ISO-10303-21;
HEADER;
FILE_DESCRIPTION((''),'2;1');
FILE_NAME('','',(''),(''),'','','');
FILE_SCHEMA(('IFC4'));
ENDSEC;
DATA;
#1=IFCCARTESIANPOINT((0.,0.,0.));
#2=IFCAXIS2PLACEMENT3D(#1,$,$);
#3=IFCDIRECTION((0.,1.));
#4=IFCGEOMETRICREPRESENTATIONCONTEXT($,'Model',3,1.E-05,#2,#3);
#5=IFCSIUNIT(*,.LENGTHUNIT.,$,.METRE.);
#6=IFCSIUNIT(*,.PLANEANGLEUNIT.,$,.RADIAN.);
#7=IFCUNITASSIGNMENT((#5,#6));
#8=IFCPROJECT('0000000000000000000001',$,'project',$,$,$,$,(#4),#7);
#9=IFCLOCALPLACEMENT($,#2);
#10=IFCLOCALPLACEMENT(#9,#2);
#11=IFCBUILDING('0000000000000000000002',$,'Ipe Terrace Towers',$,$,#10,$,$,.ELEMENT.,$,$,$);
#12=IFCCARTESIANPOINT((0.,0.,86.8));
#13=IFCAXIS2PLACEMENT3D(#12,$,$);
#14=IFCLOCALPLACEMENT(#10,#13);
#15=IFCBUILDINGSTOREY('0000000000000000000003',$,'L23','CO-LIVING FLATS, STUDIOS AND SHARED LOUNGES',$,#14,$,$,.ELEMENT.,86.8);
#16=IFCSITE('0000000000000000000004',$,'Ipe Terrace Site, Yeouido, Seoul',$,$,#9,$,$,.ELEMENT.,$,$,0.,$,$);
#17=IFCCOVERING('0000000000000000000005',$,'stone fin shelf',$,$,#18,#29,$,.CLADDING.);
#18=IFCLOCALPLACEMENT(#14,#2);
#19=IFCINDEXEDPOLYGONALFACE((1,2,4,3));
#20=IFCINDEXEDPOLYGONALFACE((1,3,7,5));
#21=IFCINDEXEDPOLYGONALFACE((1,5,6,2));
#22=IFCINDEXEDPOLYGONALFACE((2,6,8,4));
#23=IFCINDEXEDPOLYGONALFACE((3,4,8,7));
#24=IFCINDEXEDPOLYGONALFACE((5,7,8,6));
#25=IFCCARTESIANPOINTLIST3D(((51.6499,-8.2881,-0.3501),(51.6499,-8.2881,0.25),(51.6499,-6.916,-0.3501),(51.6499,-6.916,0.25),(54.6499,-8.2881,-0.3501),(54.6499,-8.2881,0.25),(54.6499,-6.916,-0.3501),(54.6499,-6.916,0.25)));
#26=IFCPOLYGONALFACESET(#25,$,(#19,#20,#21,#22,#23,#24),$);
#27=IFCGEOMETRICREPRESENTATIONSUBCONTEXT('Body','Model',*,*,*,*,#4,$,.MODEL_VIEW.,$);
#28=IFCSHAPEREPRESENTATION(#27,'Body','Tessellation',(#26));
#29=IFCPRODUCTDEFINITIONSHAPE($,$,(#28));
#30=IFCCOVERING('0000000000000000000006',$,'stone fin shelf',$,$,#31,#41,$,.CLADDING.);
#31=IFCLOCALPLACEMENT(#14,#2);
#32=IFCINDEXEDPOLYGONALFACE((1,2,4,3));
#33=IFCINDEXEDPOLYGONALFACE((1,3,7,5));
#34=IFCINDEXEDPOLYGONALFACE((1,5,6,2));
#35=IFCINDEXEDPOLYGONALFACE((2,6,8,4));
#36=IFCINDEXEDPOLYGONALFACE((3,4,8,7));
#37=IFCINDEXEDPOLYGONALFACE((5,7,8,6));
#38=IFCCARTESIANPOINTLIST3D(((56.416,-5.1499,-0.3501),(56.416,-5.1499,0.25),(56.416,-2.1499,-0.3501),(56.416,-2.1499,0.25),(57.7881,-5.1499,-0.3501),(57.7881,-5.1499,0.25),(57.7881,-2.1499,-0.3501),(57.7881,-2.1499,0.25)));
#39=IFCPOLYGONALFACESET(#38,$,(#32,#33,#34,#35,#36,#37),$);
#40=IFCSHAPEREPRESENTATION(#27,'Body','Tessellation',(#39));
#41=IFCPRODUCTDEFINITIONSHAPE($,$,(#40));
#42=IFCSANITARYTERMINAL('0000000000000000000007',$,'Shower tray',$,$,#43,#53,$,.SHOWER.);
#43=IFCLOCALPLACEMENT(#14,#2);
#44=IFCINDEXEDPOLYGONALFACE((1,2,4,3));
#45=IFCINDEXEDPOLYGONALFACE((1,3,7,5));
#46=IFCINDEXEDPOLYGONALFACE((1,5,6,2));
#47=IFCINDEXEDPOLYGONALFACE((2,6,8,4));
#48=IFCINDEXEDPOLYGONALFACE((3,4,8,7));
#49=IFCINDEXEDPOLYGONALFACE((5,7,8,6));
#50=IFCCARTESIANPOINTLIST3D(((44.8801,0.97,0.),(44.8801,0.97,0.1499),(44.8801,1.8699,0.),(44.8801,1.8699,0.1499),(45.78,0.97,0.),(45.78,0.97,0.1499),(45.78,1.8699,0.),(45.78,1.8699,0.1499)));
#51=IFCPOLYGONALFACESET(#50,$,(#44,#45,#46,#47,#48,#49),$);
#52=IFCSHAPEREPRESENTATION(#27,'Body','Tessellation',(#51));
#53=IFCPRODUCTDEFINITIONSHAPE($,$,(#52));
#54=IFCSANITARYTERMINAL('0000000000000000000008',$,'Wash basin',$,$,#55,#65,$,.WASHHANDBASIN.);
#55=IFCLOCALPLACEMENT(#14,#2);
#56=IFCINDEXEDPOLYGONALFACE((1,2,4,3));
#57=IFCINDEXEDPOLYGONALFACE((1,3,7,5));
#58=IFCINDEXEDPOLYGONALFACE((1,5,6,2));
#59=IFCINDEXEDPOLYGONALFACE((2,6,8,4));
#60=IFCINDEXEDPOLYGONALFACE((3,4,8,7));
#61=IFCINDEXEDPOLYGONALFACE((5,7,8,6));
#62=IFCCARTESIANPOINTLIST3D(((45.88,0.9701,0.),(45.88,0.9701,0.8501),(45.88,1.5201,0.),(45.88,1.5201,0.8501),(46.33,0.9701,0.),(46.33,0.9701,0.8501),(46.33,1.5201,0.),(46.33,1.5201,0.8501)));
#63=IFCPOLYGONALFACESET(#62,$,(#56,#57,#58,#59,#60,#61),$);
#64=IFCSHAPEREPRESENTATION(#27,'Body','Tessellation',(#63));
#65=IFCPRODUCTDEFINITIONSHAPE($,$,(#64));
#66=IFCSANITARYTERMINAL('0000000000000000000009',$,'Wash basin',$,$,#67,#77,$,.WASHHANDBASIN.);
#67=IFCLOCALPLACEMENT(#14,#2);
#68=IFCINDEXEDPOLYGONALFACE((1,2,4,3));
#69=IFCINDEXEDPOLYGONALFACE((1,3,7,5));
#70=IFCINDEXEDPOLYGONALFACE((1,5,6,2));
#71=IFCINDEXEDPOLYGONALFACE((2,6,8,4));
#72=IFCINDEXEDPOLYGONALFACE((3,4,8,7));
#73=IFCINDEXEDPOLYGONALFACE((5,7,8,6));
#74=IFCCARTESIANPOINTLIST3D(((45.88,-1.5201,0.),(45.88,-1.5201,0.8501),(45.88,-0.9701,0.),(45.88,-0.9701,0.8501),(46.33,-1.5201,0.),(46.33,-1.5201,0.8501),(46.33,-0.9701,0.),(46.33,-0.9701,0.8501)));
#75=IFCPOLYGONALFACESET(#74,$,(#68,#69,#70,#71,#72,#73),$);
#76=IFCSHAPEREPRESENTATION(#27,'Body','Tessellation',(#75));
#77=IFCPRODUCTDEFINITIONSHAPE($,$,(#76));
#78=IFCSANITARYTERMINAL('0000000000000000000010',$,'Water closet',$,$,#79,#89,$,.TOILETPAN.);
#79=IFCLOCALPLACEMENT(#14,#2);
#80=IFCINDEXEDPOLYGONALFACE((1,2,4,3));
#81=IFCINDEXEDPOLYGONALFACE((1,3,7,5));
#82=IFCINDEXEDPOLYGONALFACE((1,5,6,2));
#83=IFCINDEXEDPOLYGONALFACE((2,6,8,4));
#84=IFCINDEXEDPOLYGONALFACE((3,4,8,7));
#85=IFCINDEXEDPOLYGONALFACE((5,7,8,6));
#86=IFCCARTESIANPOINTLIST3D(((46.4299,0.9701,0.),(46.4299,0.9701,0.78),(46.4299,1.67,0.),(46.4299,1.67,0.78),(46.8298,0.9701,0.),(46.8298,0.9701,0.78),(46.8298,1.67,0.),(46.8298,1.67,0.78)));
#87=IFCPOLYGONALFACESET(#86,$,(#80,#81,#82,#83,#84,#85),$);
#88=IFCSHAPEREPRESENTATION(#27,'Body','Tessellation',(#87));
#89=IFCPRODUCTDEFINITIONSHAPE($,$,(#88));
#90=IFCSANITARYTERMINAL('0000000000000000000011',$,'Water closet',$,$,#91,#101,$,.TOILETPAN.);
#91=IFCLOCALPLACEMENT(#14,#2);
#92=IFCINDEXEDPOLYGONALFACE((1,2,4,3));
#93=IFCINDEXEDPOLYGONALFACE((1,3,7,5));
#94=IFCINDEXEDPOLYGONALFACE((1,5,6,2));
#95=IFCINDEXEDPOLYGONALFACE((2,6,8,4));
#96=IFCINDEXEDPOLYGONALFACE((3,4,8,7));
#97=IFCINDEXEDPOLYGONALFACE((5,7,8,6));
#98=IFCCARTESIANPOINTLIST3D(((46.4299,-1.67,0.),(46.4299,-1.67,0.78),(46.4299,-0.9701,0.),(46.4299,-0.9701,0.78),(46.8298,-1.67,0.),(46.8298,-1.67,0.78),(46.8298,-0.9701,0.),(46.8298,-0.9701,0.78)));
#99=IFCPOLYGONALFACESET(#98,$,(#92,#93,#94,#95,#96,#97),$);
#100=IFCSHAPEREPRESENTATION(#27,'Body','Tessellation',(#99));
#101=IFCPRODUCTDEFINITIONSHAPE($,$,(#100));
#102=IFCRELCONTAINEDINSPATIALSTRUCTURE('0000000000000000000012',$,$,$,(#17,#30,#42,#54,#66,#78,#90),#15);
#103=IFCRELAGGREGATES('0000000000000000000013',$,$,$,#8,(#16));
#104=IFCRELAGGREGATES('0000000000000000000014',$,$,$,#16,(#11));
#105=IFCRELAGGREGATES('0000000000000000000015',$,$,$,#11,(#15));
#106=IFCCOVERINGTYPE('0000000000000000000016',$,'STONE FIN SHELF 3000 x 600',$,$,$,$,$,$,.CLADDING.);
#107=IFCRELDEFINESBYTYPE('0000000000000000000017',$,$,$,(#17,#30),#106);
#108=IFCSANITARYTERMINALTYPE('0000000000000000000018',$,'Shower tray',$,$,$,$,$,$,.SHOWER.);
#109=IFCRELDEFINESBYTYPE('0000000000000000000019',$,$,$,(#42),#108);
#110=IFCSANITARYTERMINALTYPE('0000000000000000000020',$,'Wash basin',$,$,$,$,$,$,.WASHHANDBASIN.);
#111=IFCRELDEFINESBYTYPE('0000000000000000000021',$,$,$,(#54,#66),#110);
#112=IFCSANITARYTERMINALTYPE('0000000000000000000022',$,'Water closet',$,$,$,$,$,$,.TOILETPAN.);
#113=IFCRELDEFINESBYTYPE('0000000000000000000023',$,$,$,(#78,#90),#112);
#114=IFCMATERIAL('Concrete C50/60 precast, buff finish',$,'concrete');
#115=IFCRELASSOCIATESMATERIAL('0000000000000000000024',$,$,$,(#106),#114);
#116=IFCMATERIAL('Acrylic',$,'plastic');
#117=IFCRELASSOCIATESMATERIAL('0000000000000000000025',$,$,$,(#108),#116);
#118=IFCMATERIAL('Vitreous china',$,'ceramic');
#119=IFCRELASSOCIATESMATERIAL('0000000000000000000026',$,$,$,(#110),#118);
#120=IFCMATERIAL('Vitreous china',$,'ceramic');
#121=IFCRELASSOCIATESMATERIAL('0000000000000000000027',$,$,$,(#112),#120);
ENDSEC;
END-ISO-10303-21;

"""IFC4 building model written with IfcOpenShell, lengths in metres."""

from ifc_helpers import new_model, si_unit, direction, frame, origin, origin_2d, place, context, subcontext, project, spatial, rectangle, extrude, material, type_object, element, save


model = new_model("IFC4")

# Units and contexts
model_context = context("Model", 3, precision=1e-05, world=origin(), true_north=direction((0.0, 1.0)))
body_context = subcontext(model_context, "Body", "Model", "MODEL_VIEW")
ifc_project = project(units=[si_unit("LENGTHUNIT", "METRE"), si_unit("PLANEANGLEUNIT", "RADIAN")], contexts=[model_context])

# Site, building, storey
site_placement = place(None, origin())
site = spatial("IfcSite", under=ifc_project, at=site_placement, Name="Ipe Terrace Site, Yeouido, Seoul", CompositionType="ELEMENT", RefElevation=0.0)
building_placement = place(site_placement, origin())
building = spatial("IfcBuilding", under=site, at=building_placement, Name="Ipe Terrace Towers", CompositionType="ELEMENT")
storey_placement = place(building_placement, frame((0.0, 0.0, 86.8)))
storey = spatial("IfcBuildingStorey", under=building, at=storey_placement, Name="L23", Description="CO-LIVING FLATS, STUDIOS AND SHARED LOUNGES", CompositionType="ELEMENT", Elevation=86.8)

# Coverings
ifc_material_1 = material(Name="Concrete C50/60 precast, buff finish", Category="concrete")
covering_type_1 = type_object("IfcCoveringType", Name="STONE FIN SHELF 3000 x 600", PredefinedType="CLADDING", material=ifc_material_1)
for number, where, z_axis, x_axis, name in (
    (1, (53.1499, -7.6021, -0.3501), (0.0, 0.0, 1.0), (1.0, 0.0, 0.0), "stone fin shelf"),
    (2, (57.1021, -3.6499, -0.3501), (0.0, 0.0, 1.0), (0.0, 1.0, 0.0), "stone fin shelf"),
):
    element("IfcCovering", number, at=place(storey_placement, frame(where, z_axis=z_axis, x_axis=x_axis)), inside=storey, type_object=covering_type_1, Name=name, PredefinedType="CLADDING", context=body_context, shape_type="SweptSolid", body=[
        extrude(rectangle(XDim=3.0, YDim=1.3721, at=origin_2d()), origin(), (0.0, 0.0, 1.0), 0.6001),
    ])

# Sanitary terminals
ifc_material_2 = material(Name="Acrylic", Category="plastic")
sanitary_terminal_type_1 = type_object("IfcSanitaryTerminalType", Name="Shower tray", PredefinedType="SHOWER", material=ifc_material_2)
sanitary_terminal_placement = place(storey_placement, frame((45.3301, 1.4199, 0.0), z_axis=(0.0, 0.0, 1.0), x_axis=(0.0, 1.0, 0.0)))
element("IfcSanitaryTerminal", 3, at=sanitary_terminal_placement, inside=storey, type_object=sanitary_terminal_type_1, Name="Shower tray", PredefinedType="SHOWER", context=body_context, shape_type="SweptSolid", body=[
    extrude(rectangle(XDim=0.8999, YDim=0.8999, at=origin_2d()), origin(), (0.0, 0.0, 1.0), 0.1499),
])
ifc_material_3 = material(Name="Vitreous china", Category="ceramic")
sanitary_terminal_type_2 = type_object("IfcSanitaryTerminalType", Name="Wash basin", PredefinedType="WASHHANDBASIN", material=ifc_material_3)
for number, where, z_axis, x_axis, name in (
    (4, (46.105, 1.2451, 0.0), (0.0, 0.0, 1.0), (0.0, 1.0, 0.0), "Wash basin"),
    (5, (46.105, -1.2451, 0.0), (0.0, 0.0, 1.0), (0.0, -1.0, 0.0), "Wash basin"),
):
    element("IfcSanitaryTerminal", number, at=place(storey_placement, frame(where, z_axis=z_axis, x_axis=x_axis)), inside=storey, type_object=sanitary_terminal_type_2, Name=name, PredefinedType="WASHHANDBASIN", context=body_context, shape_type="SweptSolid", body=[
        extrude(rectangle(XDim=0.55, YDim=0.45, at=origin_2d()), origin(), (0.0, 0.0, 1.0), 0.8501),
    ])
ifc_material_4 = material(Name="Vitreous china", Category="ceramic")
sanitary_terminal_type_3 = type_object("IfcSanitaryTerminalType", Name="Water closet", PredefinedType="TOILETPAN", material=ifc_material_4)
for number, where, z_axis, x_axis, name in (
    (6, (46.6299, 1.3201, 0.0), (0.0, 0.0, 1.0), (0.0, 1.0, 0.0), "Water closet"),
    (7, (46.6299, -1.3201, 0.0), (0.0, 0.0, 1.0), (0.0, -1.0, 0.0), "Water closet"),
):
    element("IfcSanitaryTerminal", number, at=place(storey_placement, frame(where, z_axis=z_axis, x_axis=x_axis)), inside=storey, type_object=sanitary_terminal_type_3, Name=name, PredefinedType="TOILETPAN", context=body_context, shape_type="SweptSolid", body=[
        extrude(rectangle(XDim=0.7, YDim=0.3999, at=origin_2d()), origin(), (0.0, 0.0, 1.0), 0.78),
    ])

save(model, "model.ifc")
